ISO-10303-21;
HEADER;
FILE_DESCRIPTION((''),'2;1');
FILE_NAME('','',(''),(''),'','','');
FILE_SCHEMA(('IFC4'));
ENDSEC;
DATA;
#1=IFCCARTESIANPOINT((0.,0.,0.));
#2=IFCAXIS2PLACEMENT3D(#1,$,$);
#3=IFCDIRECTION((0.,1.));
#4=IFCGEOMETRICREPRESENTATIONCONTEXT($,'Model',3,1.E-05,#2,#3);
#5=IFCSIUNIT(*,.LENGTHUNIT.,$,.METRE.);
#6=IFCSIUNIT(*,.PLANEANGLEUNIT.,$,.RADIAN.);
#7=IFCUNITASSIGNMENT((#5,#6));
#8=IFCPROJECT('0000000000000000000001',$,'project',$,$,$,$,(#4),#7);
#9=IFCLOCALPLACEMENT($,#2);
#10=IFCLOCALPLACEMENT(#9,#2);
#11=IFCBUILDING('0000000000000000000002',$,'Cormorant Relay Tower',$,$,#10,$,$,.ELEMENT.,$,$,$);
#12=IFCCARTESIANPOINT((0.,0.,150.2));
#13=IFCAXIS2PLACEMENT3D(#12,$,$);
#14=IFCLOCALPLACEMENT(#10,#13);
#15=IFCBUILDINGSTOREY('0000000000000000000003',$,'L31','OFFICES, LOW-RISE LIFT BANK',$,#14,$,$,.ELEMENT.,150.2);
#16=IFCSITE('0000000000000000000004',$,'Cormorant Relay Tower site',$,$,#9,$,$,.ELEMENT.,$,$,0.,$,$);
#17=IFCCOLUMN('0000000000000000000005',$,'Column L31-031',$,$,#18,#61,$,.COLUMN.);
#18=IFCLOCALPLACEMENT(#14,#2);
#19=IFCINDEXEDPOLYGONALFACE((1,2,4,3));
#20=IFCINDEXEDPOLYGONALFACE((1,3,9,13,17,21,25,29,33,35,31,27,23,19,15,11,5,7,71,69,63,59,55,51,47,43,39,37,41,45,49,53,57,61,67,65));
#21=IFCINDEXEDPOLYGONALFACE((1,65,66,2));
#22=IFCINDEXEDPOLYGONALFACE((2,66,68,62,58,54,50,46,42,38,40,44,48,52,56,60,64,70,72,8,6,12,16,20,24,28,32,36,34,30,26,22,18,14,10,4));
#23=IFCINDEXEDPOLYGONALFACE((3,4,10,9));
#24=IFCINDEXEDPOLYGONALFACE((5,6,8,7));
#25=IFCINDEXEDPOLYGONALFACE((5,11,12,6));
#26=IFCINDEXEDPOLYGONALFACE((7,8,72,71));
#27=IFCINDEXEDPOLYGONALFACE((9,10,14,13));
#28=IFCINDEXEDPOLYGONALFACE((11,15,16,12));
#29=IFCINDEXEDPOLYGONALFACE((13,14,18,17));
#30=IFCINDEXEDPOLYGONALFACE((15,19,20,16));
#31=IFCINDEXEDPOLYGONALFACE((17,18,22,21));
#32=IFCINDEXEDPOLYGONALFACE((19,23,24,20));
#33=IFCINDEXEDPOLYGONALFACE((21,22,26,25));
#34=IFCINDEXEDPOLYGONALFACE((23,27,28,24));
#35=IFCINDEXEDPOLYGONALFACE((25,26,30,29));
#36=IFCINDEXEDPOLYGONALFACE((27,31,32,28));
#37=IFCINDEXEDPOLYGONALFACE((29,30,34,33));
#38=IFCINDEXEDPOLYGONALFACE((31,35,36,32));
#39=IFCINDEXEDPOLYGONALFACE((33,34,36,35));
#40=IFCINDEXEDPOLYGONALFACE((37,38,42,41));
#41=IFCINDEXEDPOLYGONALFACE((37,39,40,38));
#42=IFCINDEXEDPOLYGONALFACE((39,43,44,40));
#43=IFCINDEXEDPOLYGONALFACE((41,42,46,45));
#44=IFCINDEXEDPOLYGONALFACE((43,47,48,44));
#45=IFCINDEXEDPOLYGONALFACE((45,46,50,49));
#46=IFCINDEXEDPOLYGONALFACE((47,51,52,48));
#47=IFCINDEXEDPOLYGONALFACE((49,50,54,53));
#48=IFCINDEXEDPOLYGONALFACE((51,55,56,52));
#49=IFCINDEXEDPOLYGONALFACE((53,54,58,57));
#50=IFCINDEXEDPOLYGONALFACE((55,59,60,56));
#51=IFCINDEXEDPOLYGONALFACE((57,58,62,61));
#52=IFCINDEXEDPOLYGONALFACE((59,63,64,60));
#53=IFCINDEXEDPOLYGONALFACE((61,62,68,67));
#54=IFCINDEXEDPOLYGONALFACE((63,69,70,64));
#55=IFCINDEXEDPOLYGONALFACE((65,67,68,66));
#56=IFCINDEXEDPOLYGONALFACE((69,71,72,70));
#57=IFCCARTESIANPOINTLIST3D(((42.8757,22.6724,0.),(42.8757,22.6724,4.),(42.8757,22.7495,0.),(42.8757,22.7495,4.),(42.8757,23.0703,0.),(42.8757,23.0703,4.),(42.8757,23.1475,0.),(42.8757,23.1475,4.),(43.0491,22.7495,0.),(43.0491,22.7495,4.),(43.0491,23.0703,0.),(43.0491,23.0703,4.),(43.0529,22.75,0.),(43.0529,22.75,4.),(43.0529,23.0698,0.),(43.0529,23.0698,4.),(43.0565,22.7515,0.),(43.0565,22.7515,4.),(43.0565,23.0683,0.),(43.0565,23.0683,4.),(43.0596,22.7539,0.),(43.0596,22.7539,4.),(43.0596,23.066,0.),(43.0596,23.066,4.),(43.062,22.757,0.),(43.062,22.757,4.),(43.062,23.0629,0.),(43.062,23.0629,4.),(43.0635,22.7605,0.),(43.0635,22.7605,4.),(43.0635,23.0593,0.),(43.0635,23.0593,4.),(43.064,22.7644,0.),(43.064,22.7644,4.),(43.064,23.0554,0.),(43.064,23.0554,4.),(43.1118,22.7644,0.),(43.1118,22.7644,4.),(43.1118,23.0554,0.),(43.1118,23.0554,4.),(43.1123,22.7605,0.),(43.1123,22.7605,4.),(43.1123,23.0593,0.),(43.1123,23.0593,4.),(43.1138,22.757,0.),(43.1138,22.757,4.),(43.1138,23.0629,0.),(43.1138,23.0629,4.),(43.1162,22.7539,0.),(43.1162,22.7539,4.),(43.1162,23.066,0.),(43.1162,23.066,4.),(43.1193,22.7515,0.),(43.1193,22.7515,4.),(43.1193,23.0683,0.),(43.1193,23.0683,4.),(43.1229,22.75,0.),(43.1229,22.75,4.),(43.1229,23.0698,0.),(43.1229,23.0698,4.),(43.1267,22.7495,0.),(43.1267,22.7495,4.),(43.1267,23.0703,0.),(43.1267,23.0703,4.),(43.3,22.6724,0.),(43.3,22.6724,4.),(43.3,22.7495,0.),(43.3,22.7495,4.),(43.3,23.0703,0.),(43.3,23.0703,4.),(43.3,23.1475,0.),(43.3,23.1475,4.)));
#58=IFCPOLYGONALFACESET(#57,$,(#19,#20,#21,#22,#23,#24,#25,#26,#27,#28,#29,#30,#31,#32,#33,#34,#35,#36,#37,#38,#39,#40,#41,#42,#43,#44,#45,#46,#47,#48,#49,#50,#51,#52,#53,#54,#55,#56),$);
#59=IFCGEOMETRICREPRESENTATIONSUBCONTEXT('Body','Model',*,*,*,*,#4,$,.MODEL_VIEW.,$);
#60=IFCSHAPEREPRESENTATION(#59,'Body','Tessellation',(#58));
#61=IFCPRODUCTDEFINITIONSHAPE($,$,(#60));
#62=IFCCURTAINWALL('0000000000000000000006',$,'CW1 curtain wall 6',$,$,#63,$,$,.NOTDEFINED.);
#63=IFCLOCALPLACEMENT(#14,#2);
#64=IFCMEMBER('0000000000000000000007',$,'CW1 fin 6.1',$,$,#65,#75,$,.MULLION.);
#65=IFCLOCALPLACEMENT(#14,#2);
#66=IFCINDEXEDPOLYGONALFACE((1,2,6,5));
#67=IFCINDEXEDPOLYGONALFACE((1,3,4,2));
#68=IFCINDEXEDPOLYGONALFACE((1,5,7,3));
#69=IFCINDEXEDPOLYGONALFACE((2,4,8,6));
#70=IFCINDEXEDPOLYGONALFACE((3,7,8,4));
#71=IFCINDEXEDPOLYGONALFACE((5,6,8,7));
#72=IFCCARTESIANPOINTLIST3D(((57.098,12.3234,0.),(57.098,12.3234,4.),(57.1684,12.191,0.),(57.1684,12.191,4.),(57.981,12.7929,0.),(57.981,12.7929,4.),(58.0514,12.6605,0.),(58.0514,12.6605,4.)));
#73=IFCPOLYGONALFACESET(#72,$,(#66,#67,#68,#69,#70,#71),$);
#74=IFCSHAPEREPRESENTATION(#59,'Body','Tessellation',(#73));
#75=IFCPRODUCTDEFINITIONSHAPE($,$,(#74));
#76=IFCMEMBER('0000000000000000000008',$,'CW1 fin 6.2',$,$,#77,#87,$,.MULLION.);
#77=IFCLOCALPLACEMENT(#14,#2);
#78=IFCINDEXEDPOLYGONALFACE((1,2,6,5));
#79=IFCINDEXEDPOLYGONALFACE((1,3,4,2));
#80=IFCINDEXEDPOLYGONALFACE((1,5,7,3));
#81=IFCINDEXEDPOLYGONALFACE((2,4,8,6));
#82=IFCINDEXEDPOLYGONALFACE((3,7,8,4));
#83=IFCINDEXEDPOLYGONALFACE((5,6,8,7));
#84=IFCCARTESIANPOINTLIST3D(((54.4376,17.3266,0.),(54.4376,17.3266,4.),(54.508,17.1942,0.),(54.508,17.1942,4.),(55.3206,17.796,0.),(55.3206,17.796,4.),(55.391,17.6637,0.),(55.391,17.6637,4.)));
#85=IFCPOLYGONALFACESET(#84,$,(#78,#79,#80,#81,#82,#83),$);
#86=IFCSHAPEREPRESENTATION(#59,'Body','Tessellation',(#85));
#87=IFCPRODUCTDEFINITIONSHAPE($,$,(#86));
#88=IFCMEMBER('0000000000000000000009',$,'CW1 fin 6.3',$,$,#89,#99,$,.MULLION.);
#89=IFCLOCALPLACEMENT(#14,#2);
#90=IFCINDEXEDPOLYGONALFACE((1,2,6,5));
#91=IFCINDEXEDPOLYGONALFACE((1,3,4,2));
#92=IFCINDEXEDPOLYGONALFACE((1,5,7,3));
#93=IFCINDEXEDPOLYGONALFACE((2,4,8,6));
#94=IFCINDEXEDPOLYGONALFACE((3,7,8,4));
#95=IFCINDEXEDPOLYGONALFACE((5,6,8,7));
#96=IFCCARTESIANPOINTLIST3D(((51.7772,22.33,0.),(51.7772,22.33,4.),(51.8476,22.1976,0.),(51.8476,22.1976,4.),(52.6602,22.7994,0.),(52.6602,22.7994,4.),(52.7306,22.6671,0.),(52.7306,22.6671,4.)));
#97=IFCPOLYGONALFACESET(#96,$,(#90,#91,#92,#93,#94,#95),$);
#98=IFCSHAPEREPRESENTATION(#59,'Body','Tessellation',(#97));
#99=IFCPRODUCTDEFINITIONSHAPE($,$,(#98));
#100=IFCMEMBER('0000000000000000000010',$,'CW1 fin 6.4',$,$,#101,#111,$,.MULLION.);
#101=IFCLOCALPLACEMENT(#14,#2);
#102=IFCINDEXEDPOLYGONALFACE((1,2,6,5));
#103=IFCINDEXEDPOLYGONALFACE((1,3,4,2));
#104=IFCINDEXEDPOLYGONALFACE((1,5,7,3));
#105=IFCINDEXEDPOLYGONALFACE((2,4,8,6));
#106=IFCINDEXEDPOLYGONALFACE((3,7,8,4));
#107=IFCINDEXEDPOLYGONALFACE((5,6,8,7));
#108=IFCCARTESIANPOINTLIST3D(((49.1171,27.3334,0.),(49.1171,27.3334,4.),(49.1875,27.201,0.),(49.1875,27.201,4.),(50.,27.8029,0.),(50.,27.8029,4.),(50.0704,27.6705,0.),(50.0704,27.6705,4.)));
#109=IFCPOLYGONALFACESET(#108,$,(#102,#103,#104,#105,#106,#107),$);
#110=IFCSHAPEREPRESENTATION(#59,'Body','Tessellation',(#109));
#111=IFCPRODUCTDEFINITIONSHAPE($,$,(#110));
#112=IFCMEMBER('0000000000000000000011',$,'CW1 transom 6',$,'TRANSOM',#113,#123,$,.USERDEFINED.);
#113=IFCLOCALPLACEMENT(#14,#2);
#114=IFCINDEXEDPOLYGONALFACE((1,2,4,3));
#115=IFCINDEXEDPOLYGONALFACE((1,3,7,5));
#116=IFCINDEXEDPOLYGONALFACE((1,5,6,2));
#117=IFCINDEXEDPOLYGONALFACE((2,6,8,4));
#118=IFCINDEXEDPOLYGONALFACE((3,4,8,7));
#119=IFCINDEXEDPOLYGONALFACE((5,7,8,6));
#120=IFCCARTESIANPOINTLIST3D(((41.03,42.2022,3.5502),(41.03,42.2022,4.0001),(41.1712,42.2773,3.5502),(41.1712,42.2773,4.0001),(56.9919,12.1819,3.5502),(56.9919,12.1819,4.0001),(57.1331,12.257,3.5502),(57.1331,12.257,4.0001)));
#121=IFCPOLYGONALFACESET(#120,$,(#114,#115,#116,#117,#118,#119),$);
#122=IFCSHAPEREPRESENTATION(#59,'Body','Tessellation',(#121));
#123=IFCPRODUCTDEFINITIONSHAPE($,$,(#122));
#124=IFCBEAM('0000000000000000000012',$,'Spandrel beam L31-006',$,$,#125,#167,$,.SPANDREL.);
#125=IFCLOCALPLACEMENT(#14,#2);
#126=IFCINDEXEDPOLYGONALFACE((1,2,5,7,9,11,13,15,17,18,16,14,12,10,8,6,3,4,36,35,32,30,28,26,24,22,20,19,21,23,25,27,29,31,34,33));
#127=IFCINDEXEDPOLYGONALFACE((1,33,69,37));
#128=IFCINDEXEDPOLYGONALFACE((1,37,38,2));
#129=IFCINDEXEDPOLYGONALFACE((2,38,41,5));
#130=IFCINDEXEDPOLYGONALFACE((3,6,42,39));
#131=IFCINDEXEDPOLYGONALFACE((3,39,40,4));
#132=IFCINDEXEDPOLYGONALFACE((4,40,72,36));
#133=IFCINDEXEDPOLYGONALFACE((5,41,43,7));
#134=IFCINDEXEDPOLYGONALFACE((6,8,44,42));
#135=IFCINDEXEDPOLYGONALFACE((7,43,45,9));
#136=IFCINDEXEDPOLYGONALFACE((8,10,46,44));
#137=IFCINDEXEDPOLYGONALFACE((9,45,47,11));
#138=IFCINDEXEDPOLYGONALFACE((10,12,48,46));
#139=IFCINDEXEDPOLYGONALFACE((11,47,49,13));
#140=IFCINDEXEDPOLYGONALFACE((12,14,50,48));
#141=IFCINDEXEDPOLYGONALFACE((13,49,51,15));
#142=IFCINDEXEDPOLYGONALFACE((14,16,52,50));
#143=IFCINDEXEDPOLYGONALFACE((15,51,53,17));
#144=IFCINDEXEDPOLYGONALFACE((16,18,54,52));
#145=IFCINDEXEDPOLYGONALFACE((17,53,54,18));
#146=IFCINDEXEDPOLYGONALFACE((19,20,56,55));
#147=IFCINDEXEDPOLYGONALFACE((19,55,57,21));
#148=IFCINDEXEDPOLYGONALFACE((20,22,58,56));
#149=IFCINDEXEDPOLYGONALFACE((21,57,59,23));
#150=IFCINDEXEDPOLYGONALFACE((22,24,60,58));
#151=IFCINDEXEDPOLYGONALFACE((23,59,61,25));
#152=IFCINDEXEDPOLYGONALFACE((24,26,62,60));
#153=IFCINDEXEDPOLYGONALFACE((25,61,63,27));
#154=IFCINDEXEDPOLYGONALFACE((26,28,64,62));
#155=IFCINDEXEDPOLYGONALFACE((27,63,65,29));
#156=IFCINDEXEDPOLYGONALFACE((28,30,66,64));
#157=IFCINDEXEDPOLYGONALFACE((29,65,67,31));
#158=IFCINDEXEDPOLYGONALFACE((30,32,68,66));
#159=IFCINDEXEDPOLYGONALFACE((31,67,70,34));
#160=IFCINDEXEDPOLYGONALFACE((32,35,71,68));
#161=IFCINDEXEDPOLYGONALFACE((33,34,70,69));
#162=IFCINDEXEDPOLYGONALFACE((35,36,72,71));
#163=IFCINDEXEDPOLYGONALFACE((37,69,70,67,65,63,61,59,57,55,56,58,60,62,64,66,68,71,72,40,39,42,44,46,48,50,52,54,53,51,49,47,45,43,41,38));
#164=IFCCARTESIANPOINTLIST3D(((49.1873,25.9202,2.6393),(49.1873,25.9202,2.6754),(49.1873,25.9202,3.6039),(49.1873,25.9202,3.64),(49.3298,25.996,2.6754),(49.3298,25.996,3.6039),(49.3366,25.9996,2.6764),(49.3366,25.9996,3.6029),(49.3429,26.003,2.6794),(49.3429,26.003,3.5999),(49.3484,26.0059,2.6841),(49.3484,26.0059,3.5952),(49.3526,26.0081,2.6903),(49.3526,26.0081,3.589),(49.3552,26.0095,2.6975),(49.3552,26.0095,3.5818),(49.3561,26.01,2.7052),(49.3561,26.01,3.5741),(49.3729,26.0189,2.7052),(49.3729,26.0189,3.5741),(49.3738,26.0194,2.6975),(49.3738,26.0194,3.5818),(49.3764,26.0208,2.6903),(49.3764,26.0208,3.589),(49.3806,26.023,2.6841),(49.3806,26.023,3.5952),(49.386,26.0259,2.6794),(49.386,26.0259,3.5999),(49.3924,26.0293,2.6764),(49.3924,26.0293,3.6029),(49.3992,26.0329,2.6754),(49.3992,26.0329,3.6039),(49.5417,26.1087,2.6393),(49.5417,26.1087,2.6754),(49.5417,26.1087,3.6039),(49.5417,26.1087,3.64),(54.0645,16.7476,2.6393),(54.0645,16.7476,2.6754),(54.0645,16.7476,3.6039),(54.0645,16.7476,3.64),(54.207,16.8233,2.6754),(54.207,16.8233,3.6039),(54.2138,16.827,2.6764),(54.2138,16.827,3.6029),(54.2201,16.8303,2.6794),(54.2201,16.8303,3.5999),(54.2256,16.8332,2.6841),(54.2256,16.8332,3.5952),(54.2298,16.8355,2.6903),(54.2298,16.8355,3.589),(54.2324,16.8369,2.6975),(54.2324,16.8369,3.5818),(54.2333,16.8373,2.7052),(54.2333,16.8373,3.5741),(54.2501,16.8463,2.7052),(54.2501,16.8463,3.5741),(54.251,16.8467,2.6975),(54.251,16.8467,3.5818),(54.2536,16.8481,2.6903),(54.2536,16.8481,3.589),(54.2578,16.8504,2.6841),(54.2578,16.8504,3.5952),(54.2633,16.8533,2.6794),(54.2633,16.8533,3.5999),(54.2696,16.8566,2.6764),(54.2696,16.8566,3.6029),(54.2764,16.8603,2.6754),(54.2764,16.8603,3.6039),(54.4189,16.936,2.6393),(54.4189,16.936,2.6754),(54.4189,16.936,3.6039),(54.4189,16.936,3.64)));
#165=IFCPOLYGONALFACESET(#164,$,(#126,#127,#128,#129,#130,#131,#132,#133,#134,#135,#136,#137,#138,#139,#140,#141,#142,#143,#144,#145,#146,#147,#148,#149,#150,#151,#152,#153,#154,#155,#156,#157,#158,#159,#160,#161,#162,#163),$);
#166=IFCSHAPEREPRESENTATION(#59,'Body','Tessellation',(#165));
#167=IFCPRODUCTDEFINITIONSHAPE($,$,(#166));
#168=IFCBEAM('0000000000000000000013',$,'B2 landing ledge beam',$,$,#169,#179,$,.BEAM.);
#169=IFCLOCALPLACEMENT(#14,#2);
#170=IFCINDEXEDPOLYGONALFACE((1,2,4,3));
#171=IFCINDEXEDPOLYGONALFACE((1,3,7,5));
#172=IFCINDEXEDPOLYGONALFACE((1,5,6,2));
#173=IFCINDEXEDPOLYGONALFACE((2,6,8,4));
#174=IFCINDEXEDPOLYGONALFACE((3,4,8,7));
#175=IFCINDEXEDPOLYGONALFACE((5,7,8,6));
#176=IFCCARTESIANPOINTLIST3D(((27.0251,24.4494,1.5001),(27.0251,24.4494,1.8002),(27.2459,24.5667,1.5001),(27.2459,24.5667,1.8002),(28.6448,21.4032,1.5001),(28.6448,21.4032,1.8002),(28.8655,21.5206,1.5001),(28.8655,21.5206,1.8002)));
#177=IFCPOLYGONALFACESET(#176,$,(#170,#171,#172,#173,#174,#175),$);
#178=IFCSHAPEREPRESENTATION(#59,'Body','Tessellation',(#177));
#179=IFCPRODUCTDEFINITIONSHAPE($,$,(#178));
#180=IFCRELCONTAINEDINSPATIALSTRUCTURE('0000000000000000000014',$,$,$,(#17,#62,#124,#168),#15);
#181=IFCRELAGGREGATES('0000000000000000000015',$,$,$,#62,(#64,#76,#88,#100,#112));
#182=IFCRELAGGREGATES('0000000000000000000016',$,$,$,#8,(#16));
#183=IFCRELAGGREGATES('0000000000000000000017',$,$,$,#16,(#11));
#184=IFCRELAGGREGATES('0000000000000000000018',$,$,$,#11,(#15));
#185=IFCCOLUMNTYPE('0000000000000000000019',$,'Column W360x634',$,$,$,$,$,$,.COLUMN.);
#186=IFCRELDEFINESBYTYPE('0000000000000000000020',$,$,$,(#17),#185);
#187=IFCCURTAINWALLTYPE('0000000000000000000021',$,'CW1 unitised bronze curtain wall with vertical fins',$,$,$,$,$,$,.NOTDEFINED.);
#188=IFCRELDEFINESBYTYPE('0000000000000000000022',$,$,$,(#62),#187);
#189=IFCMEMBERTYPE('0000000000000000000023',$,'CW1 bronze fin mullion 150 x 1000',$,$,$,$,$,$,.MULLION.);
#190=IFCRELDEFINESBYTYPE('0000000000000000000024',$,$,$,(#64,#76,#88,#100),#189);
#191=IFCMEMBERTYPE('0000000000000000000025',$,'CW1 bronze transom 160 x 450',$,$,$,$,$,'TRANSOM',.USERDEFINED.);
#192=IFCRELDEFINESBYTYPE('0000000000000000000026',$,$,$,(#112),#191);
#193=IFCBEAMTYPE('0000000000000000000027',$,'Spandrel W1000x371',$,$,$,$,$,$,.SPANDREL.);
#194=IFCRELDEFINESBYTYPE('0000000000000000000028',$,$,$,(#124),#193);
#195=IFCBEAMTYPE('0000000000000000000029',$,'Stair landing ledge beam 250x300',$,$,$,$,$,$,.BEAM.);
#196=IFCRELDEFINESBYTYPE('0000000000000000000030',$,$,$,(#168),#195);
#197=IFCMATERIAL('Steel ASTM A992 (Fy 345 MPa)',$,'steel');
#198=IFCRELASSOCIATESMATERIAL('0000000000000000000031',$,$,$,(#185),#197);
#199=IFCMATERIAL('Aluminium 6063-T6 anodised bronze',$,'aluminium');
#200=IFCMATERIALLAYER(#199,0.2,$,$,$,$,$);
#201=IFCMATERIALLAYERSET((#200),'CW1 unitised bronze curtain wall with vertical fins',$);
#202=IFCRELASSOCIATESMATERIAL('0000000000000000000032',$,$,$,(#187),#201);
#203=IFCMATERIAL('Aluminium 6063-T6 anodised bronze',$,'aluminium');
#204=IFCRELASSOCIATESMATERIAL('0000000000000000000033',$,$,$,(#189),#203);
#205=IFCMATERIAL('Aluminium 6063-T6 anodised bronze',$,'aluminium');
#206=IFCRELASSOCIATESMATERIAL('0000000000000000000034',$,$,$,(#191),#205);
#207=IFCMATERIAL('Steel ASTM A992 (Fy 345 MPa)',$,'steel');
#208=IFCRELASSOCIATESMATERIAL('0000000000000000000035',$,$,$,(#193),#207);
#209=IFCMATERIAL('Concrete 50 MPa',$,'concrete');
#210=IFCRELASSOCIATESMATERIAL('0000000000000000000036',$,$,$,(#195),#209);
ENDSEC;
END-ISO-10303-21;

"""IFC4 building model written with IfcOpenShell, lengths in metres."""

from ifc_helpers import new_model, si_unit, direction, frame, origin, origin_2d, place, context, subcontext, project, spatial, rectangle, i_section, extrude, material, layer, layer_set, material_profile, profile_set, type_object, element, aggregate, save


model = new_model("IFC4")

# Units and contexts
model_context = context("Model", 3, precision=1e-05, world=origin(), true_north=direction((0.0, 1.0)))
body_context = subcontext(model_context, "Body", "Model", "MODEL_VIEW")
ifc_project = project(units=[si_unit("LENGTHUNIT", "METRE"), si_unit("PLANEANGLEUNIT", "RADIAN")], contexts=[model_context])

# Site, building, storey
site_placement = place(None, origin())
site = spatial("IfcSite", under=ifc_project, at=site_placement, Name="Cormorant Relay Tower site", CompositionType="ELEMENT", RefElevation=0.0)
building_placement = place(site_placement, origin())
building = spatial("IfcBuilding", under=site, at=building_placement, Name="Cormorant Relay Tower", CompositionType="ELEMENT")
storey_placement = place(building_placement, frame((0.0, 0.0, 150.2)))
storey = spatial("IfcBuildingStorey", under=building, at=storey_placement, Name="L31", Description="OFFICES, LOW-RISE LIFT BANK", CompositionType="ELEMENT", Elevation=150.2)

# Column
ifc_material_1 = material(Name="Steel ASTM A992 (Fy 345 MPa)", Category="steel")
ifc_material_profile_1 = material_profile(ifc_material_1, i_section(OverallWidth=0.4243, OverallDepth=0.4751, WebThickness=0.0479, FlangeThickness=0.0771, FilletRadius=0.0149, at=origin_2d()), Name="W360x634")
ifc_profile_set_1 = profile_set([ifc_material_profile_1], Name="Steel ASTM A992 (Fy 345 MPa)")
column_type_1 = type_object("IfcColumnType", Name="Column W360x634", PredefinedType="COLUMN", material=ifc_profile_set_1)
for number, where, z_axis, x_axis, name in (
    (1, (43.0879, 22.9099, 0.0), (0.0, 0.0, 1.0), (1.0, 0.0, 0.0), "Column L31-031"),
):
    element("IfcColumn", number, at=place(storey_placement, frame(where, z_axis=z_axis, x_axis=x_axis)), inside=storey, type_object=column_type_1, Name=name, PredefinedType="COLUMN", context=body_context, shape_type="SweptSolid", body=[
        extrude(i_section(OverallWidth=0.4243, OverallDepth=0.4751, WebThickness=0.0479, FlangeThickness=0.0771, FilletRadius=0.0149, at=origin_2d()), origin(), (0.0, 0.0, 1.0), 4.0),
    ])

# Curtain wall, members
ifc_material_2 = material(Name="Aluminium 6063-T6 anodised bronze", Category="aluminium")
ifc_layer_1 = layer(ifc_material_2, 0.2)
ifc_layer_set_1 = layer_set([ifc_layer_1], Name="CW1 unitised bronze curtain wall with vertical fins")
curtain_wall_type = type_object("IfcCurtainWallType", Name="CW1 unitised bronze curtain wall with vertical fins", PredefinedType="NOTDEFINED", material=ifc_layer_set_1)
curtain_wall_1_placement = place(storey_placement, origin())
curtain_wall_1 = element("IfcCurtainWall", 2, at=curtain_wall_1_placement, inside=storey, type_object=curtain_wall_type, Name="CW1 curtain wall 6", PredefinedType="NOTDEFINED")
ifc_material_3 = material(Name="Aluminium 6063-T6 anodised bronze", Category="aluminium")
ifc_material_profile_2 = material_profile(ifc_material_3, rectangle(XDim=0.1499, YDim=1.0, at=origin_2d()), Name="AL 150x1000")
ifc_profile_set_2 = profile_set([ifc_material_profile_2], Name="Aluminium 6063-T6 anodised bronze")
member_type_1 = type_object("IfcMemberType", Name="CW1 bronze fin mullion 150 x 1000", PredefinedType="MULLION", material=ifc_profile_set_2)
member_1_placement = place(storey_placement, frame((57.5747, 12.4919, 0.0), z_axis=(0.0, 0.0, 1.0), x_axis=(-0.469472, 0.882948, 0.0)))
member_1 = element("IfcMember", 3, at=member_1_placement, type_object=member_type_1, Name="CW1 fin 6.1", PredefinedType="MULLION", context=body_context, shape_type="SweptSolid", body=[
    extrude(rectangle(XDim=0.1499, YDim=1.0, at=origin_2d()), origin(), (0.0, 0.0, 1.0), 4.0),
])
member_2_placement = place(storey_placement, frame((54.9143, 17.4951, 0.0), z_axis=(0.0, 0.0, 1.0), x_axis=(-0.469472, 0.882948, 0.0)))
member_2 = element("IfcMember", 4, at=member_2_placement, type_object=member_type_1, Name="CW1 fin 6.2", PredefinedType="MULLION", context=body_context, shape_type="SweptSolid", body=[
    extrude(rectangle(XDim=0.1499, YDim=1.0, at=origin_2d()), origin(), (0.0, 0.0, 1.0), 4.0),
])
member_3_placement = place(storey_placement, frame((52.2539, 22.4985, 0.0), z_axis=(0.0, 0.0, 1.0), x_axis=(-0.469472, 0.882948, 0.0)))
member_3 = element("IfcMember", 5, at=member_3_placement, type_object=member_type_1, Name="CW1 fin 6.3", PredefinedType="MULLION", context=body_context, shape_type="SweptSolid", body=[
    extrude(rectangle(XDim=0.1499, YDim=1.0, at=origin_2d()), origin(), (0.0, 0.0, 1.0), 4.0),
])
member_4_placement = place(storey_placement, frame((49.5938, 27.502, 0.0), z_axis=(0.0, 0.0, 1.0), x_axis=(-0.469472, 0.882948, 0.0)))
member_4 = element("IfcMember", 6, at=member_4_placement, type_object=member_type_1, Name="CW1 fin 6.4", PredefinedType="MULLION", context=body_context, shape_type="SweptSolid", body=[
    extrude(rectangle(XDim=0.1499, YDim=1.0, at=origin_2d()), origin(), (0.0, 0.0, 1.0), 4.0),
])
ifc_material_4 = material(Name="Aluminium 6063-T6 anodised bronze", Category="aluminium")
ifc_material_profile_3 = material_profile(ifc_material_4, rectangle(XDim=0.1599, YDim=0.45, at=origin_2d()), Name="AL 160x450")
ifc_profile_set_3 = profile_set([ifc_material_profile_3], Name="Aluminium 6063-T6 anodised bronze")
member_type_2 = type_object("IfcMemberType", Name="CW1 bronze transom 160 x 450", ElementType="TRANSOM", PredefinedType="USERDEFINED", material=ifc_profile_set_3)
member_5_placement = place(storey_placement, frame((57.0625, 12.2195, 3.7751), z_axis=(-0.469468, 0.882949, 0.0), x_axis=(-0.882949, -0.469468, 0.0)))
member_5 = element("IfcMember", 7, at=member_5_placement, type_object=member_type_2, Name="CW1 transom 6", ObjectType="TRANSOM", PredefinedType="USERDEFINED", context=body_context, shape_type="SweptSolid", body=[
    extrude(rectangle(XDim=0.1599, YDim=0.45, at=origin_2d()), origin(), (0.0, 0.0, 1.0), 34.0),
])

# Beams
ifc_material_5 = material(Name="Steel ASTM A992 (Fy 345 MPa)", Category="steel")
ifc_material_profile_4 = material_profile(ifc_material_5, i_section(OverallWidth=0.4014, OverallDepth=1.0007, WebThickness=0.019, FlangeThickness=0.0361, FilletRadius=0.0298, at=origin_2d()), Name="W1000x371")
ifc_profile_set_4 = profile_set([ifc_material_profile_4], Name="Steel ASTM A992 (Fy 345 MPa)")
beam_type_1 = type_object("IfcBeamType", Name="Spandrel W1000x371", PredefinedType="SPANDREL", material=ifc_profile_set_4)
beam_1_placement = place(storey_placement, frame((54.2417, 16.8418, 3.1396), z_axis=(-0.469474, 0.882946, 0.0), x_axis=(-0.882946, -0.469474, 0.0)))
element("IfcBeam", 8, at=beam_1_placement, inside=storey, type_object=beam_type_1, Name="Spandrel beam L31-006", PredefinedType="SPANDREL", context=body_context, shape_type="SweptSolid", body=[
    extrude(i_section(OverallWidth=0.4014, OverallDepth=1.0007, WebThickness=0.019, FlangeThickness=0.0361, FilletRadius=0.0298, at=origin_2d()), origin(), (0.0, 0.0, 1.0), 10.3887),
])
ifc_material_6 = material(Name="Concrete 50 MPa", Category="concrete")
ifc_material_profile_5 = material_profile(ifc_material_6, rectangle(XDim=0.25, YDim=0.3, at=origin_2d()), Name="RC 250x300")
ifc_profile_set_5 = profile_set([ifc_material_profile_5], Name="Concrete 50 MPa")
beam_type_2 = type_object("IfcBeamType", Name="Stair landing ledge beam 250x300", PredefinedType="BEAM", material=ifc_profile_set_5)
beam_2_placement = place(storey_placement, frame((28.7551, 21.4619, 1.6501), z_axis=(-0.469464, 0.882952, 0.0), x_axis=(-0.882952, -0.469464, 0.0)))
element("IfcBeam", 9, at=beam_2_placement, inside=storey, type_object=beam_type_2, Name="B2 landing ledge beam", PredefinedType="BEAM", context=body_context, shape_type="SweptSolid", body=[
    extrude(rectangle(XDim=0.25, YDim=0.3, at=origin_2d()), origin(), (0.0, 0.0, 1.0), 3.45),
])

aggregate(curtain_wall_1, [member_1, member_2, member_3, member_4, member_5])

save(model, "model.ifc")
